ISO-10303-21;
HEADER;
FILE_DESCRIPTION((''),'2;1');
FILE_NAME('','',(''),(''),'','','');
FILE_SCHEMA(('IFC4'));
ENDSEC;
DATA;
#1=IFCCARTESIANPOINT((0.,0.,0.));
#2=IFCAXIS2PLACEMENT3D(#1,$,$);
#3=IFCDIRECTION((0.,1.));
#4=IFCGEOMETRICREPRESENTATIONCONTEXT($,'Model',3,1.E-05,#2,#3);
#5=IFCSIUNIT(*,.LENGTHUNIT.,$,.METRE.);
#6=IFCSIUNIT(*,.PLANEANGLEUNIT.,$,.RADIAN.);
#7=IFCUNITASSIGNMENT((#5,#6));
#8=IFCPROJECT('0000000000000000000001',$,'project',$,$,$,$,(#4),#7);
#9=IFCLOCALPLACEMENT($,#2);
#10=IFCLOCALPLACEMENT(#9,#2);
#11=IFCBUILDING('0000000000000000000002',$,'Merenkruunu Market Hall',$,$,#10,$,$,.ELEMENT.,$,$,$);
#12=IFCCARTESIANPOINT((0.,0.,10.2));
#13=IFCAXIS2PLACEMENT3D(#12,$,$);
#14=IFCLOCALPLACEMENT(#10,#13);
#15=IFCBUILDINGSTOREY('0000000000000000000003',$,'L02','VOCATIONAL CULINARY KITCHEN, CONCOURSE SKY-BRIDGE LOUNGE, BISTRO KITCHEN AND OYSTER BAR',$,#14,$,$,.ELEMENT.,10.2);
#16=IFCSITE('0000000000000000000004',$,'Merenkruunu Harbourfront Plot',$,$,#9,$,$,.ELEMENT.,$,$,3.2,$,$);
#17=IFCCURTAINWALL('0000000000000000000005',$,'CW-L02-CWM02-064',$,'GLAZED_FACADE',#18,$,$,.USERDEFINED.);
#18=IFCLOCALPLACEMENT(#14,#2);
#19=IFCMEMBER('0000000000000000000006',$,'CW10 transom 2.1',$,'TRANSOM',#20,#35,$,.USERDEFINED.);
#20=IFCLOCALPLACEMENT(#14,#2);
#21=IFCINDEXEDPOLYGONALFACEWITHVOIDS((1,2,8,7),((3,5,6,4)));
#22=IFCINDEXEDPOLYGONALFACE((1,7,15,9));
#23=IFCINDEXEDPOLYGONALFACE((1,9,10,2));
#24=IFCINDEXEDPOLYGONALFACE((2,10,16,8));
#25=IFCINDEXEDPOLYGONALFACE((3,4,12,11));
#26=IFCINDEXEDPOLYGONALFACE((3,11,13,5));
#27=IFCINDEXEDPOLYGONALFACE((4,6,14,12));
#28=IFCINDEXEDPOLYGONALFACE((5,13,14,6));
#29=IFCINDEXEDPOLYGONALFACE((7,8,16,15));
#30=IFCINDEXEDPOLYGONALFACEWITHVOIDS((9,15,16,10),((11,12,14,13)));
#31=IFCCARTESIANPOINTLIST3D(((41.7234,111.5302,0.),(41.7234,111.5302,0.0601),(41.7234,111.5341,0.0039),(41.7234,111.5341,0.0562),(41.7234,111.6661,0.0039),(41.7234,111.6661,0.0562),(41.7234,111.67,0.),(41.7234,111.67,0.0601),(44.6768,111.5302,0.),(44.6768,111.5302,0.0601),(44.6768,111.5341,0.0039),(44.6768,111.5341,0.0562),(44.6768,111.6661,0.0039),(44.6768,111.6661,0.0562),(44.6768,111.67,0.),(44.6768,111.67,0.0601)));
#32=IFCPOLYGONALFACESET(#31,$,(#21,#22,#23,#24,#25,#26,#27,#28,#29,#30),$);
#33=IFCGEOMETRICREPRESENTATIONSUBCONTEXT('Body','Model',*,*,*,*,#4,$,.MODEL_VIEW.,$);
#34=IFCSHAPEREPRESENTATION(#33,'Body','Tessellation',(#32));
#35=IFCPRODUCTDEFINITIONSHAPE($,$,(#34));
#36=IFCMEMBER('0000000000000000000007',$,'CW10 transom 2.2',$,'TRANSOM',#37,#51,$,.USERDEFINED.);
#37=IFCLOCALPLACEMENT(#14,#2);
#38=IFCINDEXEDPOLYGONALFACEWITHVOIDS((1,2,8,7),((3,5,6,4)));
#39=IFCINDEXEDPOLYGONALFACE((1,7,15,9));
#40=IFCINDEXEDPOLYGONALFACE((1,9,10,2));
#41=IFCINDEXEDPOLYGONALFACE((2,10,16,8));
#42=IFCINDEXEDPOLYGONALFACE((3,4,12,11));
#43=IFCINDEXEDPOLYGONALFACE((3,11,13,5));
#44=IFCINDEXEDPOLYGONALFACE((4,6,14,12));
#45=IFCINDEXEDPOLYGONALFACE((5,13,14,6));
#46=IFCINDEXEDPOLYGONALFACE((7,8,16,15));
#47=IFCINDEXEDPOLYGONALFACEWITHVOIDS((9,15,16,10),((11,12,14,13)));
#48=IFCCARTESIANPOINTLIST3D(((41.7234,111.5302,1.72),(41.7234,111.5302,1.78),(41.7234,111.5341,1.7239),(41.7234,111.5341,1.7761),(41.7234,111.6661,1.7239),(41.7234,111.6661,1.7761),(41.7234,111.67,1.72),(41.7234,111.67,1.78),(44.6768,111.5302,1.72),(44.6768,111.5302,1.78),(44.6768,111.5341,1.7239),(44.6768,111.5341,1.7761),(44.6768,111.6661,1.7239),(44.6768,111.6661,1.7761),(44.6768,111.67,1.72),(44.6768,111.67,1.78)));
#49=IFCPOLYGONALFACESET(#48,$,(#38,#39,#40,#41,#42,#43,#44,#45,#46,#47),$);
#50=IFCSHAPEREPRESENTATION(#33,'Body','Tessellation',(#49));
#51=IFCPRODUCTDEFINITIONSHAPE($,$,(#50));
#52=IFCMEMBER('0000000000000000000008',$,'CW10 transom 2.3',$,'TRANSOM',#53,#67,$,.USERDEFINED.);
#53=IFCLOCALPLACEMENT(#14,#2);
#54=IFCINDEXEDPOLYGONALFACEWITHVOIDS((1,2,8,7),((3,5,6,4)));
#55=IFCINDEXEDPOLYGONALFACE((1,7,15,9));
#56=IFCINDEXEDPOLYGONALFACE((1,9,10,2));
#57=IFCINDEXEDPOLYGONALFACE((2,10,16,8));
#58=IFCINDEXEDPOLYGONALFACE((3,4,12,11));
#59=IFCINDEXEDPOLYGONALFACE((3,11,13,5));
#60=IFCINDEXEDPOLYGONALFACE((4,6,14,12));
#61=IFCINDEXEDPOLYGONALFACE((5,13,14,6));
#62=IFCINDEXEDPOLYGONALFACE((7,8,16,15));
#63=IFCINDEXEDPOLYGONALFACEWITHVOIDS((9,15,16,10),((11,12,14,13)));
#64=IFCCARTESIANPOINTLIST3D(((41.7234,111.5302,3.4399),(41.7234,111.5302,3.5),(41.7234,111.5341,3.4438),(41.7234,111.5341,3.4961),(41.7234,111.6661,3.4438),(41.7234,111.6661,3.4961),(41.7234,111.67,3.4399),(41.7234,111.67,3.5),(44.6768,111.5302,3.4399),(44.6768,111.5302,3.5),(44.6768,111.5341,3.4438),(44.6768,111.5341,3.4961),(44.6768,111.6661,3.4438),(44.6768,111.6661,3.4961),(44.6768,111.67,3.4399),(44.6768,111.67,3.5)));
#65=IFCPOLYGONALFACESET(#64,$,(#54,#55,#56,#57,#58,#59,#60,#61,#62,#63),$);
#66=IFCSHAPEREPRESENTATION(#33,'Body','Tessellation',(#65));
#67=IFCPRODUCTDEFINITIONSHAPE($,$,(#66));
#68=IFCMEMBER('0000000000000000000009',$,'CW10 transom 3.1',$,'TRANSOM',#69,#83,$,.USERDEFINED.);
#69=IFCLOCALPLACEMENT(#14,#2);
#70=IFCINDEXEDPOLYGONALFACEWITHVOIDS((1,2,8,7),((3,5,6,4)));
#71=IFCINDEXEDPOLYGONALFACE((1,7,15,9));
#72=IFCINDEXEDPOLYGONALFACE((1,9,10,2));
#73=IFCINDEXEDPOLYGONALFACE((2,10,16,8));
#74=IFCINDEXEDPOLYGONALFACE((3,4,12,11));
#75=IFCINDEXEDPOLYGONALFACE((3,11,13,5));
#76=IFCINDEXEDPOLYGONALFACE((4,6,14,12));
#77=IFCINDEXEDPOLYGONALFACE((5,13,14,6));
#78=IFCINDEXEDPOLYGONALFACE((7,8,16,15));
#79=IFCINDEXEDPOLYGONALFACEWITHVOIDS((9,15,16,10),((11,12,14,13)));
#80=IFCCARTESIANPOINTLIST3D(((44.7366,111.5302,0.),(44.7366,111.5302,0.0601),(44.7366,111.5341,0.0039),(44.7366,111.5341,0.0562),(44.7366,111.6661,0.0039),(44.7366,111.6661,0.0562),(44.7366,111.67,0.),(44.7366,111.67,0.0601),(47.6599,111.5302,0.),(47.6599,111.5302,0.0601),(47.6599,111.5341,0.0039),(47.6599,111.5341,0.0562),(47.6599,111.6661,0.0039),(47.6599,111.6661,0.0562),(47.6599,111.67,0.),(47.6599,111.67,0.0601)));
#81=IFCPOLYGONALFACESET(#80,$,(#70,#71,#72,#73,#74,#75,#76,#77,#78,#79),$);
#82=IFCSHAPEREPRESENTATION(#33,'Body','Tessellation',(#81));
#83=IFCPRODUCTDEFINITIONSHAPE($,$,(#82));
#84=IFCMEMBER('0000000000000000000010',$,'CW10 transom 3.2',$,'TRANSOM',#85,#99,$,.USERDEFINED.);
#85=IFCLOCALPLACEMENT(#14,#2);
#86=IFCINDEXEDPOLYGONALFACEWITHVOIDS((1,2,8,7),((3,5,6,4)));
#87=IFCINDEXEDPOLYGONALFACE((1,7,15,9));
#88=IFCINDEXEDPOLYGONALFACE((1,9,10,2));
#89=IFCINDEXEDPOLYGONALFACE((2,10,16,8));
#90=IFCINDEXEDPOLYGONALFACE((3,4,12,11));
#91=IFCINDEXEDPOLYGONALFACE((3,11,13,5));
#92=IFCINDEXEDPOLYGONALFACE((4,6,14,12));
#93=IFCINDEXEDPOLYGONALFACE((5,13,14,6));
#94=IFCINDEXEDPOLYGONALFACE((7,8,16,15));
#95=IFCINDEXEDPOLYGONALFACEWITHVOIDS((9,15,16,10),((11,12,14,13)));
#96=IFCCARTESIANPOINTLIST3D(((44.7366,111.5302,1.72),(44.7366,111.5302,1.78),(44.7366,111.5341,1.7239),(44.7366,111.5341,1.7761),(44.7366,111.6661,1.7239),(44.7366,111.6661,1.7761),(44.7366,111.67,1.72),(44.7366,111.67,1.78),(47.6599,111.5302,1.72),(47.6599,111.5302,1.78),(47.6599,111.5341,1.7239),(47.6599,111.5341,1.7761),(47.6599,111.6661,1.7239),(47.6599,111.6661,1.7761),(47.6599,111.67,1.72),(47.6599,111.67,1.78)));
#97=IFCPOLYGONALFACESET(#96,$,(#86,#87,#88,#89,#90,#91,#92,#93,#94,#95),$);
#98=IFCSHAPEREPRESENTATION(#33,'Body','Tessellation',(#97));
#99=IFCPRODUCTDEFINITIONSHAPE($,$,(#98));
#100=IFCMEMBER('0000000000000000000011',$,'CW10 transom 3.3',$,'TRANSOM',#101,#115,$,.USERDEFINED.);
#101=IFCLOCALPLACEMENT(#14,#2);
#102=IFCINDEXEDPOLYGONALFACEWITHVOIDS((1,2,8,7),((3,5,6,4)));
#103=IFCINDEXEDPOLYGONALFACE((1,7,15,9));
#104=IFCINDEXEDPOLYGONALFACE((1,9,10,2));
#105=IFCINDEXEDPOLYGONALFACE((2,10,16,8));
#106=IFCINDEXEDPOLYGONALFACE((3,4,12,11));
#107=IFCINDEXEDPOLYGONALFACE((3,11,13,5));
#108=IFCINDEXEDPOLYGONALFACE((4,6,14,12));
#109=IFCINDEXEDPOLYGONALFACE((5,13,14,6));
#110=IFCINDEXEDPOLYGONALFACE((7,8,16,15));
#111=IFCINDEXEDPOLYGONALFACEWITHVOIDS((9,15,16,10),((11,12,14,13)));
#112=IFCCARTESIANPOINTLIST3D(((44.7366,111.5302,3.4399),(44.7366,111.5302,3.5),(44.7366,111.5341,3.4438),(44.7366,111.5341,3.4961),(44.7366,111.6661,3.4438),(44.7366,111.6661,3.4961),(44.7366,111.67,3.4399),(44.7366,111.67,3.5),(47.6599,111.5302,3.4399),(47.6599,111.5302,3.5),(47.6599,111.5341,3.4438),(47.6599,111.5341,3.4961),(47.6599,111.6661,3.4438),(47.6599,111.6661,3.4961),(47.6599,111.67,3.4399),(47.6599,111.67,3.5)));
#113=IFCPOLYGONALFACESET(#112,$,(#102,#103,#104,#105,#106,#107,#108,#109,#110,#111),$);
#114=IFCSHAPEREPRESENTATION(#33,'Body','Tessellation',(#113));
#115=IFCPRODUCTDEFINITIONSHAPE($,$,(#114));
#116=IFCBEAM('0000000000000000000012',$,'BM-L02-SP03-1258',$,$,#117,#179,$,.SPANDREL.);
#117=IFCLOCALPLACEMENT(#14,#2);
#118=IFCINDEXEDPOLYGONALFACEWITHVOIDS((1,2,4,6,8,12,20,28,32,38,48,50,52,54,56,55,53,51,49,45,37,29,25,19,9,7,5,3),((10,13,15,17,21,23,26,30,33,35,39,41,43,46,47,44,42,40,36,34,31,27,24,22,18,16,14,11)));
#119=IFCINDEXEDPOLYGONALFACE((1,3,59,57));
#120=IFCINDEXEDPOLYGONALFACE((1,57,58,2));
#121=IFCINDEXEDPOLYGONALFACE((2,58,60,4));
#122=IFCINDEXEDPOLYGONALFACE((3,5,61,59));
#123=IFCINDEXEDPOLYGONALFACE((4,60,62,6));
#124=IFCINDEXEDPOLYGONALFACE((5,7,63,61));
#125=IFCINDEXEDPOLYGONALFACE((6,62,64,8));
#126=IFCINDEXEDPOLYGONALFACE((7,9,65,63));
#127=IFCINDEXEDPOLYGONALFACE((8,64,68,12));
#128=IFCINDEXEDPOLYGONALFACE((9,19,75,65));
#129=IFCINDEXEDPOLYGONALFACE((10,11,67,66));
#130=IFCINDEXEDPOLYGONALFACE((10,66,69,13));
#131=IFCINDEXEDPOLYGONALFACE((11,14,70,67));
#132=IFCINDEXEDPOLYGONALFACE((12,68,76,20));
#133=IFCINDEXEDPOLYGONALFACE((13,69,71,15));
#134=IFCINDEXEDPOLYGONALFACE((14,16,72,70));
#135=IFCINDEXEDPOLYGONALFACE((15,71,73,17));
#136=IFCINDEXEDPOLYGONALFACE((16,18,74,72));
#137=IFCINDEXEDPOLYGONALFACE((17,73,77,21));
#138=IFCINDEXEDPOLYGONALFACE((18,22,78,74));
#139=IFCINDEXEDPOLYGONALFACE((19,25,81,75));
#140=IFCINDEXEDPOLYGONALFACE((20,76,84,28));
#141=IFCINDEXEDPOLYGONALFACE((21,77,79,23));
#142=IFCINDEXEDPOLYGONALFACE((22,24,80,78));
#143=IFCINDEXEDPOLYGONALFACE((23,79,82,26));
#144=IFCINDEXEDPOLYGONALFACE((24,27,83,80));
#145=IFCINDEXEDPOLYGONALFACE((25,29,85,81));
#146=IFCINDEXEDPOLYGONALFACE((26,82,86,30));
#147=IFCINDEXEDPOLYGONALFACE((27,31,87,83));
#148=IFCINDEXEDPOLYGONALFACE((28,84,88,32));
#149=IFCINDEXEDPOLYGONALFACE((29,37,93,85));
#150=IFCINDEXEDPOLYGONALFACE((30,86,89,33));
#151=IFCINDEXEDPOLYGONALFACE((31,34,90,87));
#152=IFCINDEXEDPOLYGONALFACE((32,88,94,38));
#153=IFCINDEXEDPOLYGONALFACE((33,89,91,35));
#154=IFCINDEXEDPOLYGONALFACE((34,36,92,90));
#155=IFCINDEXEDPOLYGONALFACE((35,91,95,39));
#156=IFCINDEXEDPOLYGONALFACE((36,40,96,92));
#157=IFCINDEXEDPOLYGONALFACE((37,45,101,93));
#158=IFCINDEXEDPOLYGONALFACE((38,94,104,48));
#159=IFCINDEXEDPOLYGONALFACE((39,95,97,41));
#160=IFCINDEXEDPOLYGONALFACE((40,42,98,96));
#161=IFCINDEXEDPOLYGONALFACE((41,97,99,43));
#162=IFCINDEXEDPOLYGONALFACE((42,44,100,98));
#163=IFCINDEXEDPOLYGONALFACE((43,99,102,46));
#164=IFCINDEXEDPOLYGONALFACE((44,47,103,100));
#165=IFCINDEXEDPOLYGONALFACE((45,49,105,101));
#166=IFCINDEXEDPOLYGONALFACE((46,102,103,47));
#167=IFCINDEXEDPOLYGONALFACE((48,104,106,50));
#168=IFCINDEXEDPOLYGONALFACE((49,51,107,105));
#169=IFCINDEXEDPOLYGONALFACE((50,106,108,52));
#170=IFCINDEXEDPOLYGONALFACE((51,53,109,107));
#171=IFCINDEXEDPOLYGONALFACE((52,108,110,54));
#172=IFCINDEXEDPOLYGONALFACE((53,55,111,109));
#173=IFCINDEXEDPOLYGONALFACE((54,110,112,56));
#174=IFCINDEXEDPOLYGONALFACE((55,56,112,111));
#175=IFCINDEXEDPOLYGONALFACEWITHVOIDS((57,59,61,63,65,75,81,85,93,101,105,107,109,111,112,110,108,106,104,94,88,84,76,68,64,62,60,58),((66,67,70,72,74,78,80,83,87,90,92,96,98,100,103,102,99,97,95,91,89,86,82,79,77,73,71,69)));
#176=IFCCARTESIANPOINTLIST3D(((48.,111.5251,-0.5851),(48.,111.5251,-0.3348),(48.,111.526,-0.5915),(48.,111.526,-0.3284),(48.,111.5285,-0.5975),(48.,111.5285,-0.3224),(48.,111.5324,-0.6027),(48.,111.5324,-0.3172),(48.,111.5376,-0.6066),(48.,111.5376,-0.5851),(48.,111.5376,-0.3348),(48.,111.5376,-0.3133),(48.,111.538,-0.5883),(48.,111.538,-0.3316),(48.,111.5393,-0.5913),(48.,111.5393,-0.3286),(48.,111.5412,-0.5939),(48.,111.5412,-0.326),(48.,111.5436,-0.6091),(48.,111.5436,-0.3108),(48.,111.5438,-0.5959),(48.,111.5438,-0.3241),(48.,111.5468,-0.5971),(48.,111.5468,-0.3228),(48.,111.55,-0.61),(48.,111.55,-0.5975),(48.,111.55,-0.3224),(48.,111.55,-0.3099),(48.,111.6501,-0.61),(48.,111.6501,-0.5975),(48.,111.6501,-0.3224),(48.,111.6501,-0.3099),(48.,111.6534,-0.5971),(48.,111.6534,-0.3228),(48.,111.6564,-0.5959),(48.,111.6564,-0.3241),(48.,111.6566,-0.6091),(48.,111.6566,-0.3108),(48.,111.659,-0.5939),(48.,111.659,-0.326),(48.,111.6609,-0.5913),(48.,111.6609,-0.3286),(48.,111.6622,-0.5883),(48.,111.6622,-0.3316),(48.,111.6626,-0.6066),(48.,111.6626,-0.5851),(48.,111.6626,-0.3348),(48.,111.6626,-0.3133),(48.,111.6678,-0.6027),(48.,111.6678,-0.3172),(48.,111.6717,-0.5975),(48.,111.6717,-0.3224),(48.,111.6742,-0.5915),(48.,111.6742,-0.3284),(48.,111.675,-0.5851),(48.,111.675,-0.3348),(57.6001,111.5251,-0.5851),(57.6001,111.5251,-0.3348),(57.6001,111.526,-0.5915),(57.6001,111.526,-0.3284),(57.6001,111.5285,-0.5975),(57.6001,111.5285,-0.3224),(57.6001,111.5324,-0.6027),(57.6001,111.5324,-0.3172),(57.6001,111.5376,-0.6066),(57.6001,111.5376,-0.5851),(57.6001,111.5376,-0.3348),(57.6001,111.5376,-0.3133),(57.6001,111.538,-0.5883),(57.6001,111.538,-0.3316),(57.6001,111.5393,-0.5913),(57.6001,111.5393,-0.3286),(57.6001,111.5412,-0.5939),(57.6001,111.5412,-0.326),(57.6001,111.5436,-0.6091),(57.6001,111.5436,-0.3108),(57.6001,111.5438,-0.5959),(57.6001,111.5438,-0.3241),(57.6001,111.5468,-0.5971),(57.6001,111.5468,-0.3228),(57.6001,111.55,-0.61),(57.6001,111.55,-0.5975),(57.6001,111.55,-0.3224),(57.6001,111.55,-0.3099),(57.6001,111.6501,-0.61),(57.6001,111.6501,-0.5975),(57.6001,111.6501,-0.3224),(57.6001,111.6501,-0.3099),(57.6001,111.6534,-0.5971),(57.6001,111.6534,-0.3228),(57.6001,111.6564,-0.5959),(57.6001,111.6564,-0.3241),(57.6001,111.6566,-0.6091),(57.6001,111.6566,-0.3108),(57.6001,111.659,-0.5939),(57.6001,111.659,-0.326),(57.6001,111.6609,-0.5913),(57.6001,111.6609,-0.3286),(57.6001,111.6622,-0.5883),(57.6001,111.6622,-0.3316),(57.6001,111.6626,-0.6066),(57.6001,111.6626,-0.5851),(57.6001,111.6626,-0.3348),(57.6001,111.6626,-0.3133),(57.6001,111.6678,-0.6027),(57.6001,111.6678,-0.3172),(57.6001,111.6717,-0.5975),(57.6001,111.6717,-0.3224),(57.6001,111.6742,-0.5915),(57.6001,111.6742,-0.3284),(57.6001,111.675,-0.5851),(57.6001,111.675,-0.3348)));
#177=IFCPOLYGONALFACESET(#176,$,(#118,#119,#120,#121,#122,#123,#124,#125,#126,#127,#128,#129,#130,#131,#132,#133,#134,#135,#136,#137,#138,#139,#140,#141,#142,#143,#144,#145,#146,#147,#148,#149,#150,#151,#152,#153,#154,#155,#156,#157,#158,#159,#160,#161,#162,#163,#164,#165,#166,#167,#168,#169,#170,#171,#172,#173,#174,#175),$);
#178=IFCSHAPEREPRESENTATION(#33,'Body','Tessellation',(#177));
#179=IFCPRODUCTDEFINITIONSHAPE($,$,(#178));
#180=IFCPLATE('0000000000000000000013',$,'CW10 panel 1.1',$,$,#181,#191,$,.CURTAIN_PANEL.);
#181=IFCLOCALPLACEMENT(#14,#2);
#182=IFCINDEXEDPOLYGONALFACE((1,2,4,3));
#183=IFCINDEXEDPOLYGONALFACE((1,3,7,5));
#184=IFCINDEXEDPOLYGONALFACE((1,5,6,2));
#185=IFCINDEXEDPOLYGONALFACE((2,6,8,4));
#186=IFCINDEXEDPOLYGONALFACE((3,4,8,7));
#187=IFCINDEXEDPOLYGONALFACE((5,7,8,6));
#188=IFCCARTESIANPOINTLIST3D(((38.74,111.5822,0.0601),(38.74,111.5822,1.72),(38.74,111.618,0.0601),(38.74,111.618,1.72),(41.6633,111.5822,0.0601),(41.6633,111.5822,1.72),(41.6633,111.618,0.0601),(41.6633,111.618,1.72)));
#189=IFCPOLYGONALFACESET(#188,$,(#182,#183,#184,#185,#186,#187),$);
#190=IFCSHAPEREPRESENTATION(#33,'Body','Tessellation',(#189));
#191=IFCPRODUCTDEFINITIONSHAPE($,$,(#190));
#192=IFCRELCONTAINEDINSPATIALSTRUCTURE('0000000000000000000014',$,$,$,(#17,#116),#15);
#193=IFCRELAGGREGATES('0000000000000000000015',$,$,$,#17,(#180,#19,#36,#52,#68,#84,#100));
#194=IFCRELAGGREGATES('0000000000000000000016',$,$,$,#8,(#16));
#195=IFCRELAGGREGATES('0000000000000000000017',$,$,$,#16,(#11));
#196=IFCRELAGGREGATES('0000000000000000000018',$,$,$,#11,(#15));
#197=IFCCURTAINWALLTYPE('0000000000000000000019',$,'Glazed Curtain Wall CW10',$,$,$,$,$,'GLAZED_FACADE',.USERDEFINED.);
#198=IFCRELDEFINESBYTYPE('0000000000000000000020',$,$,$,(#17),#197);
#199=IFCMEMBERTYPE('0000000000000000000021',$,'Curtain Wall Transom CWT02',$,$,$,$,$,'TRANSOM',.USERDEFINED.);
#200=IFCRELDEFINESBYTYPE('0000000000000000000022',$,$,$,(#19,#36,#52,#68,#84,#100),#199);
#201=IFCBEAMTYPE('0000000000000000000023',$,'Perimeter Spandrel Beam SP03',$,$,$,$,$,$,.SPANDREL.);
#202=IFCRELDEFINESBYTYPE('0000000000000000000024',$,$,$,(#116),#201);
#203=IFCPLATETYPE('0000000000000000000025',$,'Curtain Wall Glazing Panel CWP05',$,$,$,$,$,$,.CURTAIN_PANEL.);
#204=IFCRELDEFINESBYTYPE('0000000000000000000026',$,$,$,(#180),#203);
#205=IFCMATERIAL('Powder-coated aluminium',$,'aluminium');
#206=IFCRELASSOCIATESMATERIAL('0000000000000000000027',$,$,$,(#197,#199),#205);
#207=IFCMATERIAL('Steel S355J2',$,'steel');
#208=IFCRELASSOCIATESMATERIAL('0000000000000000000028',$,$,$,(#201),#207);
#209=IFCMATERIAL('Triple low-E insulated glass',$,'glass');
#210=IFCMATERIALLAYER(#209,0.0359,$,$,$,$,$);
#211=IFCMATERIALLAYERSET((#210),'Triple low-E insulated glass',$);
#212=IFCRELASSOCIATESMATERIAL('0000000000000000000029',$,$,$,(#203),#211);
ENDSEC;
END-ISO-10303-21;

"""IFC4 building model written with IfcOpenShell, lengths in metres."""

from ifc_helpers import new_model, si_unit, direction, frame, origin, origin_2d, place, context, subcontext, project, spatial, rectangle, hollow_rectangle, extrude, material, layer, layer_set, material_profile, profile_set, type_object, element, aggregate, save


model = new_model("IFC4")

# Units and contexts
model_context = context("Model", 3, precision=1e-05, world=origin(), true_north=direction((0.0, 1.0)))
body_context = subcontext(model_context, "Body", "Model", "MODEL_VIEW")
ifc_project = project(units=[si_unit("LENGTHUNIT", "METRE"), si_unit("PLANEANGLEUNIT", "RADIAN")], contexts=[model_context])

# Site, building, storey
site_placement = place(None, origin())
site = spatial("IfcSite", under=ifc_project, at=site_placement, Name="Merenkruunu Harbourfront Plot", CompositionType="ELEMENT", RefElevation=3.2)
building_placement = place(site_placement, origin())
building = spatial("IfcBuilding", under=site, at=building_placement, Name="Merenkruunu Market Hall", CompositionType="ELEMENT")
storey_placement = place(building_placement, frame((0.0, 0.0, 10.2)))
storey = spatial("IfcBuildingStorey", under=building, at=storey_placement, Name="L02", Description="VOCATIONAL CULINARY KITCHEN, CONCOURSE SKY-BRIDGE LOUNGE, BISTRO KITCHEN AND OYSTER BAR", CompositionType="ELEMENT", Elevation=10.2)

# Shared definitions
ifc_material_1 = material(Name="Steel S355J2", Category="steel")

# Curtain wall
ifc_material_2 = material(Name="Powder-coated aluminium", Category="aluminium")
curtain_wall_type = type_object("IfcCurtainWallType", Name="Glazed Curtain Wall CW10", ElementType="GLAZED_FACADE", PredefinedType="USERDEFINED", material=ifc_material_2)
curtain_wall_1_placement = place(storey_placement, origin())
curtain_wall_1 = element("IfcCurtainWall", 1, at=curtain_wall_1_placement, inside=storey, type_object=curtain_wall_type, Name="CW-L02-CWM02-064", ObjectType="GLAZED_FACADE", PredefinedType="USERDEFINED")

# Members
ifc_material_profile_1 = material_profile(ifc_material_2, hollow_rectangle(XDim=0.0601, YDim=0.1399, WallThickness=0.0039, at=origin_2d()), Name="ALU 60x140x4")
ifc_profile_set_1 = profile_set([ifc_material_profile_1], Name="Powder-coated aluminium")
member_type_1 = type_object("IfcMemberType", Name="Curtain Wall Transom CWT02", ElementType="TRANSOM", PredefinedType="USERDEFINED", material=ifc_profile_set_1)
member_1_placement = place(storey_placement, frame((41.7234, 111.6001, 0.03), z_axis=(1.0, 0.0, 0.0), x_axis=(0.0, 0.0, 1.0)))
member_1 = element("IfcMember", 2, at=member_1_placement, type_object=member_type_1, Name="CW10 transom 2.1", ObjectType="TRANSOM", PredefinedType="USERDEFINED", context=body_context, shape_type="SweptSolid", body=[
    extrude(hollow_rectangle(XDim=0.0601, YDim=0.1399, WallThickness=0.0039, at=origin_2d()), origin(), (0.0, 0.0, 1.0), 2.9534),
])
member_2_placement = place(storey_placement, frame((41.7234, 111.6001, 1.75), z_axis=(1.0, 0.0, 0.0), x_axis=(0.0, 0.0, 1.0)))
member_2 = element("IfcMember", 3, at=member_2_placement, type_object=member_type_1, Name="CW10 transom 2.2", ObjectType="TRANSOM", PredefinedType="USERDEFINED", context=body_context, shape_type="SweptSolid", body=[
    extrude(hollow_rectangle(XDim=0.0601, YDim=0.1399, WallThickness=0.0039, at=origin_2d()), origin(), (0.0, 0.0, 1.0), 2.9534),
])
member_3_placement = place(storey_placement, frame((41.7234, 111.6001, 3.47), z_axis=(1.0, 0.0, 0.0), x_axis=(0.0, 0.0, 1.0)))
member_3 = element("IfcMember", 4, at=member_3_placement, type_object=member_type_1, Name="CW10 transom 2.3", ObjectType="TRANSOM", PredefinedType="USERDEFINED", context=body_context, shape_type="SweptSolid", body=[
    extrude(hollow_rectangle(XDim=0.0601, YDim=0.1399, WallThickness=0.0039, at=origin_2d()), origin(), (0.0, 0.0, 1.0), 2.9534),
])
member_4_placement = place(storey_placement, frame((44.7366, 111.6001, 0.03), z_axis=(1.0, 0.0, 0.0), x_axis=(0.0, 0.0, 1.0)))
member_4 = element("IfcMember", 5, at=member_4_placement, type_object=member_type_1, Name="CW10 transom 3.1", ObjectType="TRANSOM", PredefinedType="USERDEFINED", context=body_context, shape_type="SweptSolid", body=[
    extrude(hollow_rectangle(XDim=0.0601, YDim=0.1399, WallThickness=0.0039, at=origin_2d()), origin(), (0.0, 0.0, 1.0), 2.9233),
])
member_5_placement = place(storey_placement, frame((44.7366, 111.6001, 1.75), z_axis=(1.0, 0.0, 0.0), x_axis=(0.0, 0.0, 1.0)))
member_5 = element("IfcMember", 6, at=member_5_placement, type_object=member_type_1, Name="CW10 transom 3.2", ObjectType="TRANSOM", PredefinedType="USERDEFINED", context=body_context, shape_type="SweptSolid", body=[
    extrude(hollow_rectangle(XDim=0.0601, YDim=0.1399, WallThickness=0.0039, at=origin_2d()), origin(), (0.0, 0.0, 1.0), 2.9233),
])
member_6_placement = place(storey_placement, frame((44.7366, 111.6001, 3.47), z_axis=(1.0, 0.0, 0.0), x_axis=(0.0, 0.0, 1.0)))
member_6 = element("IfcMember", 7, at=member_6_placement, type_object=member_type_1, Name="CW10 transom 3.3", ObjectType="TRANSOM", PredefinedType="USERDEFINED", context=body_context, shape_type="SweptSolid", body=[
    extrude(hollow_rectangle(XDim=0.0601, YDim=0.1399, WallThickness=0.0039, at=origin_2d()), origin(), (0.0, 0.0, 1.0), 2.9233),
])

# Beam
ifc_material_profile_2 = material_profile(ifc_material_1, hollow_rectangle(XDim=0.1499, YDim=0.3, WallThickness=0.0125, InnerFilletRadius=0.0125, OuterFilletRadius=0.0249, at=origin_2d()), Name="RHS 300x150x12.5")
ifc_profile_set_2 = profile_set([ifc_material_profile_2], Name="Steel S355J2")
beam_type = type_object("IfcBeamType", Name="Perimeter Spandrel Beam SP03", PredefinedType="SPANDREL", material=ifc_profile_set_2)
beam_placement = place(storey_placement, frame((48.0, 111.6001, -0.46), z_axis=(1.0, 0.0, 0.0), x_axis=(0.0, 1.0, 0.0)))
element("IfcBeam", 8, at=beam_placement, inside=storey, type_object=beam_type, Name="BM-L02-SP03-1258", PredefinedType="SPANDREL", context=body_context, shape_type="SweptSolid", body=[
    extrude(hollow_rectangle(XDim=0.1499, YDim=0.3, WallThickness=0.0125, InnerFilletRadius=0.0125, OuterFilletRadius=0.0249, at=origin_2d()), origin(), (0.0, 0.0, 1.0), 9.6001),
])

# Plate
ifc_material_3 = material(Name="Triple low-E insulated glass", Category="glass")
ifc_layer_1 = layer(ifc_material_3, 0.0359)
ifc_layer_set_1 = layer_set([ifc_layer_1], Name="Triple low-E insulated glass")
plate_type = type_object("IfcPlateType", Name="Curtain Wall Glazing Panel CWP05", PredefinedType="CURTAIN_PANEL", material=ifc_layer_set_1)
plate_1_placement = place(storey_placement, frame((40.2017, 111.6001, 0.0601), z_axis=(0.0, 0.0, 1.0), x_axis=(1.0, 0.0, 0.0)))
plate_1 = element("IfcPlate", 9, at=plate_1_placement, type_object=plate_type, Name="CW10 panel 1.1", PredefinedType="CURTAIN_PANEL", context=body_context, shape_type="SweptSolid", body=[
    extrude(rectangle(XDim=2.9233, YDim=0.0359, at=origin_2d()), origin(), (0.0, 0.0, 1.0), 1.6599),
])
aggregate(curtain_wall_1, [plate_1, member_1, member_2, member_3, member_4, member_5, member_6])

save(model, "model.ifc")
